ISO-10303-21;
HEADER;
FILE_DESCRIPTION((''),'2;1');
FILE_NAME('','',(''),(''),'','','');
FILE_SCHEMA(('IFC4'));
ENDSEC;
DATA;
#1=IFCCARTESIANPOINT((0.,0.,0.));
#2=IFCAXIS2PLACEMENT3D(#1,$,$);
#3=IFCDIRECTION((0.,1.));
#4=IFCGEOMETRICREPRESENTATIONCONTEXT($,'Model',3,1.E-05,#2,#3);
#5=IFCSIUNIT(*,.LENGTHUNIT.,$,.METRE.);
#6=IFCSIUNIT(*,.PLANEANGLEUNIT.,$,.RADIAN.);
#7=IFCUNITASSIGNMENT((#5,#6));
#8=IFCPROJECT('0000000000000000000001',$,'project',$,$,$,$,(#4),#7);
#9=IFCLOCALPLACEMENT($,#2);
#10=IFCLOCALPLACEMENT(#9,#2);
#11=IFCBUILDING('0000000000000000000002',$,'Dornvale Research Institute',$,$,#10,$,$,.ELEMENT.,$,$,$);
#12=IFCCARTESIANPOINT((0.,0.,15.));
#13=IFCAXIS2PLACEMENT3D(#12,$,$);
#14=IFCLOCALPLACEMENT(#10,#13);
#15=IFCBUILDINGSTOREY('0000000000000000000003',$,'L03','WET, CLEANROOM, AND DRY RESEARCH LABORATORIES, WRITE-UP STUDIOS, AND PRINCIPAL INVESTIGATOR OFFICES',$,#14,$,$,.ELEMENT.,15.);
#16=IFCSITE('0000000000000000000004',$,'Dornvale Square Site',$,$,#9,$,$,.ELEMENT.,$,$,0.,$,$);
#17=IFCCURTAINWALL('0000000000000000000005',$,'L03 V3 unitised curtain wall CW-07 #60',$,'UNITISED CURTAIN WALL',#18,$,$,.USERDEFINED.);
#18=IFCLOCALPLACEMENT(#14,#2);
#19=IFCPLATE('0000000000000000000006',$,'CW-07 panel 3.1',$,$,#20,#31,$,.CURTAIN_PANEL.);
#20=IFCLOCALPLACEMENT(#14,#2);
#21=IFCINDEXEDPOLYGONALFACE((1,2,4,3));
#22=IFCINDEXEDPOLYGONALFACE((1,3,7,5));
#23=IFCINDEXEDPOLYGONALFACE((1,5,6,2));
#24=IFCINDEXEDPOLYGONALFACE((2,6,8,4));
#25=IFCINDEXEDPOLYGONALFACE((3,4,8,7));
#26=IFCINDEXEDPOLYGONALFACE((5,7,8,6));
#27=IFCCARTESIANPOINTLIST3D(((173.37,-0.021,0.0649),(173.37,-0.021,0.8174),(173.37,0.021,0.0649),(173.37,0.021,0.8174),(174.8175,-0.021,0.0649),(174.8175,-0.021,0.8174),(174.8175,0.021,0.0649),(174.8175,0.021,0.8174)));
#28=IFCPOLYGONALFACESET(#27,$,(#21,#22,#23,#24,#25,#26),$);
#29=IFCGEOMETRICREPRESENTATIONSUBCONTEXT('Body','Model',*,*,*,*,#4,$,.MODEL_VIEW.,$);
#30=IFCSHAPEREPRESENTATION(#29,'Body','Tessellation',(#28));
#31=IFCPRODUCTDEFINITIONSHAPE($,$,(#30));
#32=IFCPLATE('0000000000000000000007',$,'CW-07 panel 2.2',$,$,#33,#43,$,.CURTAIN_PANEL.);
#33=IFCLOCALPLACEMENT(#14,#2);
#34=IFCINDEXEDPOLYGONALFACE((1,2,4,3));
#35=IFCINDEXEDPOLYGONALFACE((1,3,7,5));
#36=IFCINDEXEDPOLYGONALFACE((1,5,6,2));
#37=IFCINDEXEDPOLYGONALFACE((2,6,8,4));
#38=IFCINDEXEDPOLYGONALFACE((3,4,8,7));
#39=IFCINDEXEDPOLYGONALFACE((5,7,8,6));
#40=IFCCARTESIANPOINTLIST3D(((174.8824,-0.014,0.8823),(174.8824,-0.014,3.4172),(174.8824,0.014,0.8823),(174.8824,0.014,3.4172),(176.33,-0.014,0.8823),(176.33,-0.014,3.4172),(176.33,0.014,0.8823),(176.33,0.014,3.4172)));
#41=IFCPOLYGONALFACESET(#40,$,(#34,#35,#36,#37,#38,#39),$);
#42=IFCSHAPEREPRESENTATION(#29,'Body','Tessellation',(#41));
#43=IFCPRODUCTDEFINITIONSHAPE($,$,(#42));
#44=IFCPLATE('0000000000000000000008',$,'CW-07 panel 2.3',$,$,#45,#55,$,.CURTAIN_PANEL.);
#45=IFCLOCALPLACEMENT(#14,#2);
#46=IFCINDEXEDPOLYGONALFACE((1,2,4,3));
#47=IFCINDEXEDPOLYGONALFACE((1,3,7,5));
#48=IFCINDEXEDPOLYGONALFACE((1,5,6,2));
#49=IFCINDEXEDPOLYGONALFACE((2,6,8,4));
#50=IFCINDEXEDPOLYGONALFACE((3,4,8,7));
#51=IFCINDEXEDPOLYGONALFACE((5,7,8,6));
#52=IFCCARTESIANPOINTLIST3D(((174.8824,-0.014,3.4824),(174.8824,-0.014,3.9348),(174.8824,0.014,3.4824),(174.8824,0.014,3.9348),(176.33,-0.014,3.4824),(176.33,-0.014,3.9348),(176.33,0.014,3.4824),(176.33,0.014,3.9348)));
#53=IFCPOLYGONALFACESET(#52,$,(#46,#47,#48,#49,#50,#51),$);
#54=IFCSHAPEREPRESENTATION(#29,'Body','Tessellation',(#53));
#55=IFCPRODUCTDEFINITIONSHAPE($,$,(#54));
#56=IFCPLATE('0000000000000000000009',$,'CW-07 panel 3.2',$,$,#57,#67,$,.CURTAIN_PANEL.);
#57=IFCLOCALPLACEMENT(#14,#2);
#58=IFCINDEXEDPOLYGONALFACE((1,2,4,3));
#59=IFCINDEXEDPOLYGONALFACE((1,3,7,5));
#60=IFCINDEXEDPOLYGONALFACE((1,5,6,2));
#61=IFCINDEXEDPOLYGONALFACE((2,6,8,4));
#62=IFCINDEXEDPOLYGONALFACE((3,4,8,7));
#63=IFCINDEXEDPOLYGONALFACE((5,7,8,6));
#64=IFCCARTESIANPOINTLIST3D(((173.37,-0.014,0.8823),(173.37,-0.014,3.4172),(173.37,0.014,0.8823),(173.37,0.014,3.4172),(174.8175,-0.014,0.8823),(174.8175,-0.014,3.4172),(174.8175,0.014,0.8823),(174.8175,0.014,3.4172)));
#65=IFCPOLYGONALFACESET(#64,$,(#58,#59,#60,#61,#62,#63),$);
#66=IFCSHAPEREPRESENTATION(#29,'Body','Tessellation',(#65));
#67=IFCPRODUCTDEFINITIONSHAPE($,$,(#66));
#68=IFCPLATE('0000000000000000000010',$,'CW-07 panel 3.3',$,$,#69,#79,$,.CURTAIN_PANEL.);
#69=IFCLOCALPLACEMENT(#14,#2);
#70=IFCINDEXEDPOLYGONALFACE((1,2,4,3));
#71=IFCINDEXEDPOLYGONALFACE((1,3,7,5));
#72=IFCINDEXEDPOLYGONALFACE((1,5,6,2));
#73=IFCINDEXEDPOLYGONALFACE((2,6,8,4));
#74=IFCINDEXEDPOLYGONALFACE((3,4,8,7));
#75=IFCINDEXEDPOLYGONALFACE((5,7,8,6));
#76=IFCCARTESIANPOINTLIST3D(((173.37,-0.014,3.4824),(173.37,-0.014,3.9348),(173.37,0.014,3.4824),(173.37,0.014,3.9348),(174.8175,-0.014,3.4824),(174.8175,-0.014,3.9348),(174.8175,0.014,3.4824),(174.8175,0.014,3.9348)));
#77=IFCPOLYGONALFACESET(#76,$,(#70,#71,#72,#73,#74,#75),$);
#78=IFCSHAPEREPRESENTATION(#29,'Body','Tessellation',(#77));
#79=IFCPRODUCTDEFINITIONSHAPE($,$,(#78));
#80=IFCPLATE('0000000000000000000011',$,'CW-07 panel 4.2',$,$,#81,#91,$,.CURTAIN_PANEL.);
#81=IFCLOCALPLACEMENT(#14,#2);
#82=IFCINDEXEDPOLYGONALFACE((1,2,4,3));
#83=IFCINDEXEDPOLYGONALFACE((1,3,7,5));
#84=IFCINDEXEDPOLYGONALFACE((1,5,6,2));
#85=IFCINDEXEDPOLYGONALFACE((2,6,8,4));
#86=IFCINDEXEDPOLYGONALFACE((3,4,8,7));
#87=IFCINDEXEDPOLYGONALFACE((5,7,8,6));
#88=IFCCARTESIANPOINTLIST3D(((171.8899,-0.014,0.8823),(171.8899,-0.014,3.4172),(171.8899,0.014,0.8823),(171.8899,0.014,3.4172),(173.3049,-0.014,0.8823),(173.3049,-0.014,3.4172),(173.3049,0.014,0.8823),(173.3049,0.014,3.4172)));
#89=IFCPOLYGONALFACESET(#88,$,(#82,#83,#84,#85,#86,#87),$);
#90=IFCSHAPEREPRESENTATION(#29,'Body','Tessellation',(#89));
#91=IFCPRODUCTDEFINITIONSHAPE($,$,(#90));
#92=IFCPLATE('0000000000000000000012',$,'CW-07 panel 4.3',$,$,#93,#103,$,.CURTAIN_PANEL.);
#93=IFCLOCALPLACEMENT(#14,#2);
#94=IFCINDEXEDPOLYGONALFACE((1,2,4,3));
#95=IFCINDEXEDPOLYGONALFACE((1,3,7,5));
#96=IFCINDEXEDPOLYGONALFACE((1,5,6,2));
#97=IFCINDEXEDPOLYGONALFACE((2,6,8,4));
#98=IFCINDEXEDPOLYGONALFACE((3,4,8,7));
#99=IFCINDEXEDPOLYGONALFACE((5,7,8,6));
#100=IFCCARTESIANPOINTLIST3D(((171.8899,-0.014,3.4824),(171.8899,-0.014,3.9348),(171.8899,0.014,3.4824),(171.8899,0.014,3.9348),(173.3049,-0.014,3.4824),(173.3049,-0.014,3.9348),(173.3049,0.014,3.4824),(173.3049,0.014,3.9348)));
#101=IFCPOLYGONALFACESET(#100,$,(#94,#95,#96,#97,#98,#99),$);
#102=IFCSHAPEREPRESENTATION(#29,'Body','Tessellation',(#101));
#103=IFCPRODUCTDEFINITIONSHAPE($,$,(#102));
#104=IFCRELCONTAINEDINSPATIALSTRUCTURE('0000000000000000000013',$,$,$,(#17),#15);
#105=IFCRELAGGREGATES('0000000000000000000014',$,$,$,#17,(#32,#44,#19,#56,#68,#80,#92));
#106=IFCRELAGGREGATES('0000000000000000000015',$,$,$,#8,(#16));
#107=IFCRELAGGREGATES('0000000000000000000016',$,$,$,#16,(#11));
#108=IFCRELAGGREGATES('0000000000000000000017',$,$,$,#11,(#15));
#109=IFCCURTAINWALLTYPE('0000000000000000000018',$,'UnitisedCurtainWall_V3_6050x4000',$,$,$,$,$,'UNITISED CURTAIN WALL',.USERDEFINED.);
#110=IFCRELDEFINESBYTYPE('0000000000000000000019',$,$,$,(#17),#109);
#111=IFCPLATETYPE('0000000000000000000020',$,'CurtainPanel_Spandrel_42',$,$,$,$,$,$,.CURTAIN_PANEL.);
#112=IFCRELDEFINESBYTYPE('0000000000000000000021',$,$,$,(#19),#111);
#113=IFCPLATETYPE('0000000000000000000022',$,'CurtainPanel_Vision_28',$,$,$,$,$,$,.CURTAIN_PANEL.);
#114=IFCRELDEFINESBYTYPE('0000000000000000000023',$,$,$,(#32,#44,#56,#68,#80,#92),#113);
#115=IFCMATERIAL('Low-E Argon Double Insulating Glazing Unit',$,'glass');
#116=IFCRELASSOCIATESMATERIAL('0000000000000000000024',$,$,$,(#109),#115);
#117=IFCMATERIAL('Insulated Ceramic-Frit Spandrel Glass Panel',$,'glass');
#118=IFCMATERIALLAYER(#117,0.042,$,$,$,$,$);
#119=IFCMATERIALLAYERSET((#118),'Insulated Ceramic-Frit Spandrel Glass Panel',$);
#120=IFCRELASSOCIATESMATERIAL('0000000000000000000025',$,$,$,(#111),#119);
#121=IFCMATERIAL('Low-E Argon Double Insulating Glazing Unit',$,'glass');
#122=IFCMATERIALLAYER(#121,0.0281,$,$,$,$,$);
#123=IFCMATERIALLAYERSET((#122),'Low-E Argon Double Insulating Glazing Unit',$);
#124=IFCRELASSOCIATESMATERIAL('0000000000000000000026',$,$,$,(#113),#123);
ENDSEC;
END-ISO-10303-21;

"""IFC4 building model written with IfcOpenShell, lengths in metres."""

from ifc_helpers import new_model, si_unit, direction, frame, origin, origin_2d, place, context, subcontext, project, spatial, rectangle, extrude, material, layer, layer_set, type_object, element, aggregate, save


model = new_model("IFC4")

# Units and contexts
model_context = context("Model", 3, precision=1e-05, world=origin(), true_north=direction((0.0, 1.0)))
body_context = subcontext(model_context, "Body", "Model", "MODEL_VIEW")
ifc_project = project(units=[si_unit("LENGTHUNIT", "METRE"), si_unit("PLANEANGLEUNIT", "RADIAN")], contexts=[model_context])

# Site, building, storey
site_placement = place(None, origin())
site = spatial("IfcSite", under=ifc_project, at=site_placement, Name="Dornvale Square Site", CompositionType="ELEMENT", RefElevation=0.0)
building_placement = place(site_placement, origin())
building = spatial("IfcBuilding", under=site, at=building_placement, Name="Dornvale Research Institute", CompositionType="ELEMENT")
storey_placement = place(building_placement, frame((0.0, 0.0, 15.0)))
storey = spatial("IfcBuildingStorey", under=building, at=storey_placement, Name="L03", Description="WET, CLEANROOM, AND DRY RESEARCH LABORATORIES, WRITE-UP STUDIOS, AND PRINCIPAL INVESTIGATOR OFFICES", CompositionType="ELEMENT", Elevation=15.0)

# Curtain wall, plates
ifc_material_1 = material(Name="Low-E Argon Double Insulating Glazing Unit", Category="glass")
curtain_wall_type = type_object("IfcCurtainWallType", Name="UnitisedCurtainWall_V3_6050x4000", ElementType="UNITISED CURTAIN WALL", PredefinedType="USERDEFINED", material=ifc_material_1)
curtain_wall_placement = place(storey_placement, origin())
curtain_wall = element("IfcCurtainWall", 1, at=curtain_wall_placement, inside=storey, type_object=curtain_wall_type, Name="L03 V3 unitised curtain wall CW-07 #60", ObjectType="UNITISED CURTAIN WALL", PredefinedType="USERDEFINED")
ifc_material_2 = material(Name="Insulated Ceramic-Frit Spandrel Glass Panel", Category="glass")
ifc_layer_1 = layer(ifc_material_2, 0.042)
ifc_layer_set_1 = layer_set([ifc_layer_1], Name="Insulated Ceramic-Frit Spandrel Glass Panel")
plate_type_1 = type_object("IfcPlateType", Name="CurtainPanel_Spandrel_42", PredefinedType="CURTAIN_PANEL", material=ifc_layer_set_1)
plate_1_placement = place(storey_placement, frame((174.0938, 0.0, 0.0649), z_axis=(0.0, 0.0, 1.0), x_axis=(-1.0, 0.0, 0.0)))
plate_1 = element("IfcPlate", 2, at=plate_1_placement, type_object=plate_type_1, Name="CW-07 panel 3.1", PredefinedType="CURTAIN_PANEL", context=body_context, shape_type="SweptSolid", body=[
    extrude(rectangle(XDim=1.4475, YDim=0.042, at=origin_2d()), origin(), (0.0, 0.0, 1.0), 0.7524),
])
ifc_material_3 = material(Name="Low-E Argon Double Insulating Glazing Unit", Category="glass")
ifc_layer_2 = layer(ifc_material_3, 0.0281)
ifc_layer_set_2 = layer_set([ifc_layer_2], Name="Low-E Argon Double Insulating Glazing Unit")
plate_type_2 = type_object("IfcPlateType", Name="CurtainPanel_Vision_28", PredefinedType="CURTAIN_PANEL", material=ifc_layer_set_2)
plate_2_placement = place(storey_placement, frame((175.6062, 0.0, 0.8823), z_axis=(0.0, 0.0, 1.0), x_axis=(-1.0, 0.0, 0.0)))
plate_2 = element("IfcPlate", 3, at=plate_2_placement, type_object=plate_type_2, Name="CW-07 panel 2.2", PredefinedType="CURTAIN_PANEL", context=body_context, shape_type="SweptSolid", body=[
    extrude(rectangle(XDim=1.4475, YDim=0.0281, at=origin_2d()), origin(), (0.0, 0.0, 1.0), 2.5349),
])
plate_3_placement = place(storey_placement, frame((175.6062, 0.0, 3.4824), z_axis=(0.0, 0.0, 1.0), x_axis=(-1.0, 0.0, 0.0)))
plate_3 = element("IfcPlate", 4, at=plate_3_placement, type_object=plate_type_2, Name="CW-07 panel 2.3", PredefinedType="CURTAIN_PANEL", context=body_context, shape_type="SweptSolid", body=[
    extrude(rectangle(XDim=1.4475, YDim=0.0281, at=origin_2d()), origin(), (0.0, 0.0, 1.0), 0.4524),
])
plate_4_placement = place(storey_placement, frame((174.0938, 0.0, 0.8823), z_axis=(0.0, 0.0, 1.0), x_axis=(-1.0, 0.0, 0.0)))
plate_4 = element("IfcPlate", 5, at=plate_4_placement, type_object=plate_type_2, Name="CW-07 panel 3.2", PredefinedType="CURTAIN_PANEL", context=body_context, shape_type="SweptSolid", body=[
    extrude(rectangle(XDim=1.4475, YDim=0.0281, at=origin_2d()), origin(), (0.0, 0.0, 1.0), 2.5349),
])
plate_5_placement = place(storey_placement, frame((174.0938, 0.0, 3.4824), z_axis=(0.0, 0.0, 1.0), x_axis=(-1.0, 0.0, 0.0)))
plate_5 = element("IfcPlate", 6, at=plate_5_placement, type_object=plate_type_2, Name="CW-07 panel 3.3", PredefinedType="CURTAIN_PANEL", context=body_context, shape_type="SweptSolid", body=[
    extrude(rectangle(XDim=1.4475, YDim=0.0281, at=origin_2d()), origin(), (0.0, 0.0, 1.0), 0.4524),
])
plate_6_placement = place(storey_placement, frame((172.5974, 0.0, 0.8823), z_axis=(0.0, 0.0, 1.0), x_axis=(-1.0, 0.0, 0.0)))
plate_6 = element("IfcPlate", 7, at=plate_6_placement, type_object=plate_type_2, Name="CW-07 panel 4.2", PredefinedType="CURTAIN_PANEL", context=body_context, shape_type="SweptSolid", body=[
    extrude(rectangle(XDim=1.415, YDim=0.0281, at=origin_2d()), origin(), (0.0, 0.0, 1.0), 2.5349),
])
plate_7_placement = place(storey_placement, frame((172.5974, 0.0, 3.4824), z_axis=(0.0, 0.0, 1.0), x_axis=(-1.0, 0.0, 0.0)))
plate_7 = element("IfcPlate", 8, at=plate_7_placement, type_object=plate_type_2, Name="CW-07 panel 4.3", PredefinedType="CURTAIN_PANEL", context=body_context, shape_type="SweptSolid", body=[
    extrude(rectangle(XDim=1.415, YDim=0.0281, at=origin_2d()), origin(), (0.0, 0.0, 1.0), 0.4524),
])
aggregate(curtain_wall, [plate_2, plate_3, plate_1, plate_4, plate_5, plate_6, plate_7])

save(model, "model.ifc")
